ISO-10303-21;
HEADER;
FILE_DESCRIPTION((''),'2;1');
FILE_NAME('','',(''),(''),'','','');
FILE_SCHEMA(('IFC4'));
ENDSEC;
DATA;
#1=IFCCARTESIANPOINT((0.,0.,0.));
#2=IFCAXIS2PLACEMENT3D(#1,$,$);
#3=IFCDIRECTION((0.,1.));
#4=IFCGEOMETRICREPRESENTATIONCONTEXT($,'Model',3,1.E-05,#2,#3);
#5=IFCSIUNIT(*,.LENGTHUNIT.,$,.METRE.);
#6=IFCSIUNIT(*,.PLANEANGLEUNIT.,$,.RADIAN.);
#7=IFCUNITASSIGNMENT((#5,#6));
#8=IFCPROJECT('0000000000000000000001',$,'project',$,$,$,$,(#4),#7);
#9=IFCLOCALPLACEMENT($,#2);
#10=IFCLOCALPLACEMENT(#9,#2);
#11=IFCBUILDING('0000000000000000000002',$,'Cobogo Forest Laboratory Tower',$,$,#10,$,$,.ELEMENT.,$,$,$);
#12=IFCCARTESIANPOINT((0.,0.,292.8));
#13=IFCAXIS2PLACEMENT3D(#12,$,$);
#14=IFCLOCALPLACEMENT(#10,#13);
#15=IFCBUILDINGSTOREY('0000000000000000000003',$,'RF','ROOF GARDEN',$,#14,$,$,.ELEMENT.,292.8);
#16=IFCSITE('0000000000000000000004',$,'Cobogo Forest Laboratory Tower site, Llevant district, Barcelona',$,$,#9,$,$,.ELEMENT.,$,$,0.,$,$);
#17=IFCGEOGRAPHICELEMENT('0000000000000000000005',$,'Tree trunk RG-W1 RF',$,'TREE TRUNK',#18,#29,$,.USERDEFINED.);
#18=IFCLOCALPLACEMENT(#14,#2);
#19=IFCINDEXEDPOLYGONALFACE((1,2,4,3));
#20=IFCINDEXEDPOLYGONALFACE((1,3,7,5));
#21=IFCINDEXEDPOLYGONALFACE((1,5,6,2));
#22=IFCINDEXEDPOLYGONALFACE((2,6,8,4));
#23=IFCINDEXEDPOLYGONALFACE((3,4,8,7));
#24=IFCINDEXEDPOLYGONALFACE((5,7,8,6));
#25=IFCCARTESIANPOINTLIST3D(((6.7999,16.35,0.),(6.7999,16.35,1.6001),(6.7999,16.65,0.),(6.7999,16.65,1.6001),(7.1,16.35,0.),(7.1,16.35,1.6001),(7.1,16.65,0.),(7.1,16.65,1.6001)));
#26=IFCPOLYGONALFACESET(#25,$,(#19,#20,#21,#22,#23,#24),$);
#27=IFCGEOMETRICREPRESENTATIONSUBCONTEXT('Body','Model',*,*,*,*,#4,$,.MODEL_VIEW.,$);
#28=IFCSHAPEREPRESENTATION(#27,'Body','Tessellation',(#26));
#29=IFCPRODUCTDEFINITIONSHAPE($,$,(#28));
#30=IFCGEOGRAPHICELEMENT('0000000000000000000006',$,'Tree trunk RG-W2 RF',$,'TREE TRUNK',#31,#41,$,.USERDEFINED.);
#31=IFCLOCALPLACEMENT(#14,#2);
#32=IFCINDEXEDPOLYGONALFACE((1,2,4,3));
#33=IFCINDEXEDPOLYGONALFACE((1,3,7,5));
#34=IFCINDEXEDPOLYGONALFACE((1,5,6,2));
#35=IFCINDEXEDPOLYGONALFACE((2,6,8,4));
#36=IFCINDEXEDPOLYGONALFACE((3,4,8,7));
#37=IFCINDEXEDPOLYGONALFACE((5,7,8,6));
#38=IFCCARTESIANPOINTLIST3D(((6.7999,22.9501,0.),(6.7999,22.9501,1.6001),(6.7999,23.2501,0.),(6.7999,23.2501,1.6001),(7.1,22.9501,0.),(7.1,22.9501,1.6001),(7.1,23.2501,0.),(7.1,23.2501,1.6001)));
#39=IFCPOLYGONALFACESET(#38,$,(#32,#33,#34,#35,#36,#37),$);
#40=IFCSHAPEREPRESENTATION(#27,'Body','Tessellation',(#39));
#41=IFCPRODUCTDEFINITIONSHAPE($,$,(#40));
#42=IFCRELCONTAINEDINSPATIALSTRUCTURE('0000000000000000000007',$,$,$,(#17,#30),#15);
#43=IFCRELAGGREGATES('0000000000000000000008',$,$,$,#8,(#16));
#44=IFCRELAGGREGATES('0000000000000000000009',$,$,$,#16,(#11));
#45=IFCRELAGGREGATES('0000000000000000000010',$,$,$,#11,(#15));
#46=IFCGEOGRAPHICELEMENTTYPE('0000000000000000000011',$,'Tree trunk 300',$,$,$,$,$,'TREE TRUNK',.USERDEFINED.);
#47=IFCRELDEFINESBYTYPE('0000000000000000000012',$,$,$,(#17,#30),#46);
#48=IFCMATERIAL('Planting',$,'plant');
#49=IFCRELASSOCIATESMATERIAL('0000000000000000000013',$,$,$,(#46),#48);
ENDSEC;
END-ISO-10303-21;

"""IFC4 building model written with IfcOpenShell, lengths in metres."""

from ifc_helpers import new_model, si_unit, direction, frame, origin, origin_2d, place, context, subcontext, project, spatial, rectangle, extrude, material, type_object, element, save


model = new_model("IFC4")

# Units and contexts
model_context = context("Model", 3, precision=1e-05, world=origin(), true_north=direction((0.0, 1.0)))
body_context = subcontext(model_context, "Body", "Model", "MODEL_VIEW")
ifc_project = project(units=[si_unit("LENGTHUNIT", "METRE"), si_unit("PLANEANGLEUNIT", "RADIAN")], contexts=[model_context])

# Site, building, storey
site_placement = place(None, origin())
site = spatial("IfcSite", under=ifc_project, at=site_placement, Name="Cobogo Forest Laboratory Tower site, Llevant district, Barcelona", CompositionType="ELEMENT", RefElevation=0.0)
building_placement = place(site_placement, origin())
building = spatial("IfcBuilding", under=site, at=building_placement, Name="Cobogo Forest Laboratory Tower", CompositionType="ELEMENT")
storey_placement = place(building_placement, frame((0.0, 0.0, 292.8)))
storey = spatial("IfcBuildingStorey", under=building, at=storey_placement, Name="RF", Description="ROOF GARDEN", CompositionType="ELEMENT", Elevation=292.8)

# Geographic elements
ifc_material_1 = material(Name="Planting", Category="plant")
geographic_element_type = type_object("IfcGeographicElementType", Name="Tree trunk 300", ElementType="TREE TRUNK", PredefinedType="USERDEFINED", material=ifc_material_1)
for number, where, z_axis, x_axis, name in (
    (1, (6.95, 16.5, 0.0), (0.0, 0.0, 1.0), (1.0, 0.0, 0.0), "Tree trunk RG-W1 RF"),
    (2, (6.95, 23.1001, 0.0), (0.0, 0.0, 1.0), (1.0, 0.0, 0.0), "Tree trunk RG-W2 RF"),
):
    element("IfcGeographicElement", number, at=place(storey_placement, frame(where, z_axis=z_axis, x_axis=x_axis)), inside=storey, type_object=geographic_element_type, Name=name, ObjectType="TREE TRUNK", PredefinedType="USERDEFINED", context=body_context, shape_type="SweptSolid", body=[
        extrude(rectangle(XDim=0.3, YDim=0.3, at=origin_2d()), origin(), (0.0, 0.0, 1.0), 1.6001),
    ])

save(model, "model.ifc")
